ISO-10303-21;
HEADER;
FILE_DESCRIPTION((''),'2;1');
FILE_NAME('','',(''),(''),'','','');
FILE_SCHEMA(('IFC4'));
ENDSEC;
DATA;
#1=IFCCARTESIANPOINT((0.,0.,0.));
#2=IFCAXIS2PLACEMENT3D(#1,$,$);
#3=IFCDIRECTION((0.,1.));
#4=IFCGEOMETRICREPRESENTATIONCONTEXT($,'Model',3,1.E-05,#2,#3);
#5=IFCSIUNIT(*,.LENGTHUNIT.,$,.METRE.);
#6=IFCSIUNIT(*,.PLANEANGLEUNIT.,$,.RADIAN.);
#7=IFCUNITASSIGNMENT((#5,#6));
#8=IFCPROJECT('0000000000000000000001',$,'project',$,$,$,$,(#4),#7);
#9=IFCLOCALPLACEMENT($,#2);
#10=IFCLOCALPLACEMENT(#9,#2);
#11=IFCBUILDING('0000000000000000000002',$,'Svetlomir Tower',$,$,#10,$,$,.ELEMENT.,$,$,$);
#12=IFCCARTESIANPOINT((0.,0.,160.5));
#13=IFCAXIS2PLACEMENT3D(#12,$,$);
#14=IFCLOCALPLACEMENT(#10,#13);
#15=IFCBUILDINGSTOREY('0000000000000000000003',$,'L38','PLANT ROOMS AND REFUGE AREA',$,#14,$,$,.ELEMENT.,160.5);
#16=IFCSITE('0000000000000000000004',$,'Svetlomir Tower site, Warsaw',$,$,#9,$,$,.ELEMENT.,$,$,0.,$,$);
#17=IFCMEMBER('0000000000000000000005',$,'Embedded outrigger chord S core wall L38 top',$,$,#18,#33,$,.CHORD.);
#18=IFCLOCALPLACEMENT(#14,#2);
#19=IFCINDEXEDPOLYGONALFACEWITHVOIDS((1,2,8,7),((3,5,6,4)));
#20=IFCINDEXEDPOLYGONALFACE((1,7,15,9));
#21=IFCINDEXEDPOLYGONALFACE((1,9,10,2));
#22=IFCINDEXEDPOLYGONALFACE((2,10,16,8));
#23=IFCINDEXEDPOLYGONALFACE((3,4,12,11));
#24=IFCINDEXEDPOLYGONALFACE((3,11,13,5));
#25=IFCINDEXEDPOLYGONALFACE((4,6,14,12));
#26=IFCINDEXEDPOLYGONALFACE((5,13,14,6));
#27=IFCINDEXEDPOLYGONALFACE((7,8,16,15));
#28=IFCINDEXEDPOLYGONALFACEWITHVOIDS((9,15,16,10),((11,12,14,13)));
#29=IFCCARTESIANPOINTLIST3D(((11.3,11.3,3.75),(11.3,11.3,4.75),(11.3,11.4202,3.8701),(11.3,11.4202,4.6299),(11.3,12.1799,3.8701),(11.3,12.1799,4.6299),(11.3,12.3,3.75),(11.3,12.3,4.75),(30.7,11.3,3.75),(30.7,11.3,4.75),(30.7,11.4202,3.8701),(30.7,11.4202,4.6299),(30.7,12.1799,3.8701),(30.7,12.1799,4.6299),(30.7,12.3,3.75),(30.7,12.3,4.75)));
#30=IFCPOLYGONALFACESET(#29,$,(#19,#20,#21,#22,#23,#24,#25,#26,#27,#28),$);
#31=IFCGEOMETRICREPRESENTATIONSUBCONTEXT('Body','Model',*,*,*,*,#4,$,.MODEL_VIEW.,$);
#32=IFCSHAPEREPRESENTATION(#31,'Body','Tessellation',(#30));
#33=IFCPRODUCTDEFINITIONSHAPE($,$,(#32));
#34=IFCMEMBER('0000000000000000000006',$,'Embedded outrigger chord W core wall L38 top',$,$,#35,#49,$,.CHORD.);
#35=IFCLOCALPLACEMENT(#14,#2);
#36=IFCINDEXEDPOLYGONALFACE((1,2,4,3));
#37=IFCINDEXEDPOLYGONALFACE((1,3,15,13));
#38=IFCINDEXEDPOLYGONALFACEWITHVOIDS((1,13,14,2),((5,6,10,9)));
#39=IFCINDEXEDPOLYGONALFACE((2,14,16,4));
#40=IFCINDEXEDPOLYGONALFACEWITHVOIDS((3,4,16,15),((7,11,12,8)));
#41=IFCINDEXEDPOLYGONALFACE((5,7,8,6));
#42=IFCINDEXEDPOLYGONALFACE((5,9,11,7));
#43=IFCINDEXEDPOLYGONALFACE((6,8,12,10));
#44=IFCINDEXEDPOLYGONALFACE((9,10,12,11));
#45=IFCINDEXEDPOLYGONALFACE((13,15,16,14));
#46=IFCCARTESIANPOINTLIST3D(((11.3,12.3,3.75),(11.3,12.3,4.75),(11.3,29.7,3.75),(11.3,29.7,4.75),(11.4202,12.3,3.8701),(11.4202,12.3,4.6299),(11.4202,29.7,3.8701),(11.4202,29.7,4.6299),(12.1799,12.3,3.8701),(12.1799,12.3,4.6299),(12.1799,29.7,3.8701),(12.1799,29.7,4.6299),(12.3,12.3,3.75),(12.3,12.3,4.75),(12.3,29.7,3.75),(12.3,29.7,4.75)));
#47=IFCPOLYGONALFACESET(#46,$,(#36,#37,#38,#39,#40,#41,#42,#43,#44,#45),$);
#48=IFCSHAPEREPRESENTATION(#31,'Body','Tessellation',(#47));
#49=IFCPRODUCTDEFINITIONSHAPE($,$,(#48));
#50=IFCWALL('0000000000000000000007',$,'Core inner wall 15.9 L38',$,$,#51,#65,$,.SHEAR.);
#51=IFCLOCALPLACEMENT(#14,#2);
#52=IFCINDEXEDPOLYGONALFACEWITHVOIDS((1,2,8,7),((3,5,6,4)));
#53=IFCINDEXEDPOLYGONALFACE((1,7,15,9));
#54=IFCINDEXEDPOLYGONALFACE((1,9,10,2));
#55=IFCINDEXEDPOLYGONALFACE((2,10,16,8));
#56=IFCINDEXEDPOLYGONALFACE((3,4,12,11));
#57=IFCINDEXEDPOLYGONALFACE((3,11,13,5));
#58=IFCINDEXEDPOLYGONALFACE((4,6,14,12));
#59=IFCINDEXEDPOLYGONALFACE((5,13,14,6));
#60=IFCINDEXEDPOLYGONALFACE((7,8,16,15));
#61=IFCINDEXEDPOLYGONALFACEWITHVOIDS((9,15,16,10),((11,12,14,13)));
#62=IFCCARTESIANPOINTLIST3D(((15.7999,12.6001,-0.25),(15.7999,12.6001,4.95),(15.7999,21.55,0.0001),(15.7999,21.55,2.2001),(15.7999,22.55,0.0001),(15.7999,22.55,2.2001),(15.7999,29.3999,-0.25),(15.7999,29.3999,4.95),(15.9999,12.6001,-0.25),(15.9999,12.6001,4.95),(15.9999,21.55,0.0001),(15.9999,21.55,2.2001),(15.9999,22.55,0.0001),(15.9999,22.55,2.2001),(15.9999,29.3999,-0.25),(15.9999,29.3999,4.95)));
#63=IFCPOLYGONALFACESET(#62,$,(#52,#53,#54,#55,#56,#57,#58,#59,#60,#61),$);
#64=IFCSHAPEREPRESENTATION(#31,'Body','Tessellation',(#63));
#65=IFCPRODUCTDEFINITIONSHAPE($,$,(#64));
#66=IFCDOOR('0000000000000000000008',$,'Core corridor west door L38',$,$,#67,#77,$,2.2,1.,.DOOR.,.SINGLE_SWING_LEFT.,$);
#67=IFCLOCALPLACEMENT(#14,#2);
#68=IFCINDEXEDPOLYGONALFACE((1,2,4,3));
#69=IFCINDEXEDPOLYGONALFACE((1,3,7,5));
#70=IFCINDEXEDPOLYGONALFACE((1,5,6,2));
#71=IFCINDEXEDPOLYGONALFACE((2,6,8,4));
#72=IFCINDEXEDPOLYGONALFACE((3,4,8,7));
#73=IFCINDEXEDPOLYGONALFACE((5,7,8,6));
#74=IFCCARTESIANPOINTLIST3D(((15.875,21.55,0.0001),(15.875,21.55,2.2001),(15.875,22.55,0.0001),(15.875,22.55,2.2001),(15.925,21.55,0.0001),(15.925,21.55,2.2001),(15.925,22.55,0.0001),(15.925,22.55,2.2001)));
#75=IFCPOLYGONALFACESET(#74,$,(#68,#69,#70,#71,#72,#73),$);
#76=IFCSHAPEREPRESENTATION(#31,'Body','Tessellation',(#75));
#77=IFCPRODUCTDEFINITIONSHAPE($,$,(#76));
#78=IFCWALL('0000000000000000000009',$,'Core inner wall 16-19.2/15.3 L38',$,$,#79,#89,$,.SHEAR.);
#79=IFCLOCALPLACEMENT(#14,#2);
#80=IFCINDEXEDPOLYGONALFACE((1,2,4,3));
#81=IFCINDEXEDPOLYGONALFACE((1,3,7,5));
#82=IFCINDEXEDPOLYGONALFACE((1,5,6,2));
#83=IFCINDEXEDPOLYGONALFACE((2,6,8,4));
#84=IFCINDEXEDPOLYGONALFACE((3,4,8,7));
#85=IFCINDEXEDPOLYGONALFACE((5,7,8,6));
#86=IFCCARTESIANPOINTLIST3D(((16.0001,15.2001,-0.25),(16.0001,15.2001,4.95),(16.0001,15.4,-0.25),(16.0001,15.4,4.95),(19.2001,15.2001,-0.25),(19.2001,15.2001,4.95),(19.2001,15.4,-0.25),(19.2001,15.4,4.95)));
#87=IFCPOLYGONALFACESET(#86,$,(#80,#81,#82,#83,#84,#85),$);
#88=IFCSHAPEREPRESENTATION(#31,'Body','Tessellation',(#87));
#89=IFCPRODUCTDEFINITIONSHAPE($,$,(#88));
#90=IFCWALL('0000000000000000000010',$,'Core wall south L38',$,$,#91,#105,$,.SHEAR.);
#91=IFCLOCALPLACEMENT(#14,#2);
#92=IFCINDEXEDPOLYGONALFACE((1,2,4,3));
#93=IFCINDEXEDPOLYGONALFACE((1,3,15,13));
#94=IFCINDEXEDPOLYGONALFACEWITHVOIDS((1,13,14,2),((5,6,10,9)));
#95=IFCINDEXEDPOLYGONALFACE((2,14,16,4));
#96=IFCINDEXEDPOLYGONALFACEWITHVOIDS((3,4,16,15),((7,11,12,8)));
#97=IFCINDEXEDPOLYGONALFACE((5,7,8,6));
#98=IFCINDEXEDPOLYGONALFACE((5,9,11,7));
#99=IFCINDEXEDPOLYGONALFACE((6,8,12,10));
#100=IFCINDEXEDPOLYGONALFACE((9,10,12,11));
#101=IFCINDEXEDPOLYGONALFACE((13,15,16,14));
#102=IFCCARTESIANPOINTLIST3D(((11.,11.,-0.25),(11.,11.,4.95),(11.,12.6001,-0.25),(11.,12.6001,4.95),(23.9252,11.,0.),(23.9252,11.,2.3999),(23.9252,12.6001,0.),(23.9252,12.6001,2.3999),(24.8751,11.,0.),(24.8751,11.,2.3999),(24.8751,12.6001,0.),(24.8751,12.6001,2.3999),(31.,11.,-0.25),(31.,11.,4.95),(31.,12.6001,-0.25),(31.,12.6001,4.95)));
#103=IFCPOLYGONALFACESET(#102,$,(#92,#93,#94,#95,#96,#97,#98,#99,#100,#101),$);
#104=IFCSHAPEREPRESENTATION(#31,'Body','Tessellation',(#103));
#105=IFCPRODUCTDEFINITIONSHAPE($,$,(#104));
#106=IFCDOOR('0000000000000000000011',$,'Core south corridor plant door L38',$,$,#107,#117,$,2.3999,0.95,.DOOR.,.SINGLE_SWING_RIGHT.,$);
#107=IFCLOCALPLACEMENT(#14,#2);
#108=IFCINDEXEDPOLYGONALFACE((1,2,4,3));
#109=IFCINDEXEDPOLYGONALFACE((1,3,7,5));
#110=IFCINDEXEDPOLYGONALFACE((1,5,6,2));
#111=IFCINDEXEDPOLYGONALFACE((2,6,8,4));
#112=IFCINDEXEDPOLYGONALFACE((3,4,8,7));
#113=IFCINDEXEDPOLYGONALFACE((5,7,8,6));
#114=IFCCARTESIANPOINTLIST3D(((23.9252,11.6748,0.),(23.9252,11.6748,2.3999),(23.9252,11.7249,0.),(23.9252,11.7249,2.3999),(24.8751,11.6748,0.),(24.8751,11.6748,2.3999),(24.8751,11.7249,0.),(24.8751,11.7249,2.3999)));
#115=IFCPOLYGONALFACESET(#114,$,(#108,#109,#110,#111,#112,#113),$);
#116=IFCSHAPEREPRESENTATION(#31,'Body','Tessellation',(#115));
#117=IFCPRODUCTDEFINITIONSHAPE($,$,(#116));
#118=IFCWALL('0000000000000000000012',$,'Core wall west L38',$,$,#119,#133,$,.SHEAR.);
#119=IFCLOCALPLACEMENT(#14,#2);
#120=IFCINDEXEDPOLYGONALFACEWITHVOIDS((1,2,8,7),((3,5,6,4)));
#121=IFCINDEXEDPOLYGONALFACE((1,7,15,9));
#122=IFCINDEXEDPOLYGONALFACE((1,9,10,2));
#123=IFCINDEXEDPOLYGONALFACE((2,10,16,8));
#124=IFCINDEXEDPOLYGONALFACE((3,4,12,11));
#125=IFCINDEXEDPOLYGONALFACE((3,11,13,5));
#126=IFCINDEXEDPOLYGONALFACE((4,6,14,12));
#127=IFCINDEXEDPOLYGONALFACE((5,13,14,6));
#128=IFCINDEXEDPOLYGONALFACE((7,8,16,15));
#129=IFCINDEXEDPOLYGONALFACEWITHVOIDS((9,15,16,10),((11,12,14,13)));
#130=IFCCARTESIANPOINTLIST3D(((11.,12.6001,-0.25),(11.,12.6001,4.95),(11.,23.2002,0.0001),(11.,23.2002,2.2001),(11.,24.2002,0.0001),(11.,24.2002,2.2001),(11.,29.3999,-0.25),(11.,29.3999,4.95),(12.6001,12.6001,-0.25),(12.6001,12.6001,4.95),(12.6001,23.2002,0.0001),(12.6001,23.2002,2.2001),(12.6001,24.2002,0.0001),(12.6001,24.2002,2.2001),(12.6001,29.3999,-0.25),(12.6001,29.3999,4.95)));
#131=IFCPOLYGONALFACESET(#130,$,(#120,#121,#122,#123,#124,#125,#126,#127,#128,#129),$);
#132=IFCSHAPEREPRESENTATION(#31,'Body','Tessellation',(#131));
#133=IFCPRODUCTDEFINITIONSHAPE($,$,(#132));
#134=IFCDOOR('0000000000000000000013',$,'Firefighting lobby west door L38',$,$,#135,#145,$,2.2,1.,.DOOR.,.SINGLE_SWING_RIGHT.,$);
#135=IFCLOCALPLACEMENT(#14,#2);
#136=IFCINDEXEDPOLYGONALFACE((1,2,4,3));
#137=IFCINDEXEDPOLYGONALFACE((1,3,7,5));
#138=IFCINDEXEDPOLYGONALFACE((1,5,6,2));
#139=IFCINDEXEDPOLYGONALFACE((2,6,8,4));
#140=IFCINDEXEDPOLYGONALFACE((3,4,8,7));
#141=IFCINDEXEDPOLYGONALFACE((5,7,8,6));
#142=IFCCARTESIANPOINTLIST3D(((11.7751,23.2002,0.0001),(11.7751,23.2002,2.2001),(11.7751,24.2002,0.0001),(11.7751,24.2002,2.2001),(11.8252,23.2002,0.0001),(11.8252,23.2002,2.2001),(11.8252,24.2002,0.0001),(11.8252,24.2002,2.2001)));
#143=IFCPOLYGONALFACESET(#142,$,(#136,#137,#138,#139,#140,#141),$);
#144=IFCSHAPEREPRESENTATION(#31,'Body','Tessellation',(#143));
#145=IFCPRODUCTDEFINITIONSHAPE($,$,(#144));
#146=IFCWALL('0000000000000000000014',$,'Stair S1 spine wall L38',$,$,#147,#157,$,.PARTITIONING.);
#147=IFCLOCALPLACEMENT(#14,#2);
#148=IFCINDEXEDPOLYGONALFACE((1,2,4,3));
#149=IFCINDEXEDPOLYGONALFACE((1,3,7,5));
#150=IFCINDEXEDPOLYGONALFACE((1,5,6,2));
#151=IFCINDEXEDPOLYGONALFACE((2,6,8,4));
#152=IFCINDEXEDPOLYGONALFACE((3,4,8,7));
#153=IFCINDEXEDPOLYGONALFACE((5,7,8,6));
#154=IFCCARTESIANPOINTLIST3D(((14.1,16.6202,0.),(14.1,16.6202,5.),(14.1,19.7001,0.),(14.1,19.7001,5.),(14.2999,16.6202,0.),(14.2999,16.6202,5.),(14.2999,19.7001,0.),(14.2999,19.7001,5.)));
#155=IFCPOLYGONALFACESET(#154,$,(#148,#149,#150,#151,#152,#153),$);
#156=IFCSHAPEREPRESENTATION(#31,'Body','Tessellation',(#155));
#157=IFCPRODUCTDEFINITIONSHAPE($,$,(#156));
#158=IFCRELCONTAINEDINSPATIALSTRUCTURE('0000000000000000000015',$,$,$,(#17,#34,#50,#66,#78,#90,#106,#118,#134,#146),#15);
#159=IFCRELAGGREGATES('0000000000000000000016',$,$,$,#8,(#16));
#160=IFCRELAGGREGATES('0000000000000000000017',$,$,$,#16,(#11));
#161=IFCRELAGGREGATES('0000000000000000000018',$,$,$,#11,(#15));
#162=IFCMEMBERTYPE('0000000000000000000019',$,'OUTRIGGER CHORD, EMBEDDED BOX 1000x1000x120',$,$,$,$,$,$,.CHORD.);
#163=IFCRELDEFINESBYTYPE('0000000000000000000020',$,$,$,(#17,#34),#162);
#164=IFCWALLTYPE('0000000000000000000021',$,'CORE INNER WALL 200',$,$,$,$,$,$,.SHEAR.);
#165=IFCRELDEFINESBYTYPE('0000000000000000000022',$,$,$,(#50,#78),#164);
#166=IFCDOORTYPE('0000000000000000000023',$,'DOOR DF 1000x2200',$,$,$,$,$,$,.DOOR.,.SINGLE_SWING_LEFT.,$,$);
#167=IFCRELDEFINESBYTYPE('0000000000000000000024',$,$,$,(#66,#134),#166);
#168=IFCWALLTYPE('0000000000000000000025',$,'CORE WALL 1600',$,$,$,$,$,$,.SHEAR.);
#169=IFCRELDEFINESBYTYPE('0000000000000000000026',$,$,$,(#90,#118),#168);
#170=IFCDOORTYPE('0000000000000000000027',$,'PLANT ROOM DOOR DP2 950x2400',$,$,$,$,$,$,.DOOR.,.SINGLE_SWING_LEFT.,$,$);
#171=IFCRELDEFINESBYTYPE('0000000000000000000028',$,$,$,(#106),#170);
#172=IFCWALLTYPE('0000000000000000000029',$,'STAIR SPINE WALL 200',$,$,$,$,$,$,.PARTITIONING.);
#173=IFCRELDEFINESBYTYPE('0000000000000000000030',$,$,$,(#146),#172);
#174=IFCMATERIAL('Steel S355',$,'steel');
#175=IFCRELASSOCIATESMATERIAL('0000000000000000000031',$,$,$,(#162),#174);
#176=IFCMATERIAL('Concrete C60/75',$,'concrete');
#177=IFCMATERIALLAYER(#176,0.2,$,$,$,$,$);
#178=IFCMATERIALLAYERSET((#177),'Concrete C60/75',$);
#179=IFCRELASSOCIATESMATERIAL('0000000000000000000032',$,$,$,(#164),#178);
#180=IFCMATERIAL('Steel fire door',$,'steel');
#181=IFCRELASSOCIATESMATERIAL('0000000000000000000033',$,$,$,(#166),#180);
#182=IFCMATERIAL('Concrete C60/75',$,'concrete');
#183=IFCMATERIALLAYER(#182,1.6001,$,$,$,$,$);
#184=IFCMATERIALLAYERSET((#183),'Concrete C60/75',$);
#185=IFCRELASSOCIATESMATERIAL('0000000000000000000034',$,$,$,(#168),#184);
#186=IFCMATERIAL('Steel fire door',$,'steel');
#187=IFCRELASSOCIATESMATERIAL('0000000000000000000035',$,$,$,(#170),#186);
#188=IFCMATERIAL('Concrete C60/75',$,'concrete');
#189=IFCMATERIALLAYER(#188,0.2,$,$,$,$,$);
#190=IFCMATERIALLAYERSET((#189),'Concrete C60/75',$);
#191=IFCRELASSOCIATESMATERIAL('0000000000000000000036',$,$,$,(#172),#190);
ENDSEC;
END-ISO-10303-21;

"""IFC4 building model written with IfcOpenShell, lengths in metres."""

from ifc_helpers import new_model, si_unit, direction, frame, frame_2d, origin, origin_2d, place, context, subcontext, project, spatial, rectangle, hollow_rectangle, extrude, material, layer, layer_set, material_profile, profile_set, type_object, element, fill, save


model = new_model("IFC4")

# Units and contexts
model_context = context("Model", 3, precision=1e-05, world=origin(), true_north=direction((0.0, 1.0)))
body_context = subcontext(model_context, "Body", "Model", "MODEL_VIEW")
ifc_project = project(units=[si_unit("LENGTHUNIT", "METRE"), si_unit("PLANEANGLEUNIT", "RADIAN")], contexts=[model_context])

# Site, building, storey
site_placement = place(None, origin())
site = spatial("IfcSite", under=ifc_project, at=site_placement, Name="Svetlomir Tower site, Warsaw", CompositionType="ELEMENT", RefElevation=0.0)
building_placement = place(site_placement, origin())
building = spatial("IfcBuilding", under=site, at=building_placement, Name="Svetlomir Tower", CompositionType="ELEMENT")
storey_placement = place(building_placement, frame((0.0, 0.0, 160.5)))
storey = spatial("IfcBuildingStorey", under=building, at=storey_placement, Name="L38", Description="PLANT ROOMS AND REFUGE AREA", CompositionType="ELEMENT", Elevation=160.5)

# Members
ifc_material_1 = material(Name="Steel S355", Category="steel")
ifc_material_profile_1 = material_profile(ifc_material_1, hollow_rectangle(XDim=1.0, YDim=1.0, WallThickness=0.1201, at=origin_2d()), Name="BOX 1000x1000x120")
ifc_profile_set_1 = profile_set([ifc_material_profile_1], Name="Steel S355")
member_type_1 = type_object("IfcMemberType", Name="OUTRIGGER CHORD, EMBEDDED BOX 1000x1000x120", PredefinedType="CHORD", material=ifc_profile_set_1)
member_1_placement = place(storey_placement, frame((11.3, 11.8, 4.25), z_axis=(1.0, 0.0, 0.0), x_axis=(0.0, 1.0, 0.0)))
element("IfcMember", 1, at=member_1_placement, inside=storey, type_object=member_type_1, Name="Embedded outrigger chord S core wall L38 top", PredefinedType="CHORD", context=body_context, shape_type="SweptSolid", body=[
    extrude(hollow_rectangle(XDim=1.0, YDim=1.0, WallThickness=0.1201, at=origin_2d()), origin(), (0.0, 0.0, 1.0), 19.3999),
])
member_2_placement = place(storey_placement, frame((11.8, 12.3, 4.25), z_axis=(0.0, 1.0, 0.0), x_axis=(-1.0, 0.0, 0.0)))
element("IfcMember", 2, at=member_2_placement, inside=storey, type_object=member_type_1, Name="Embedded outrigger chord W core wall L38 top", PredefinedType="CHORD", context=body_context, shape_type="SweptSolid", body=[
    extrude(hollow_rectangle(XDim=1.0, YDim=1.0, WallThickness=0.1201, at=origin_2d()), origin(), (0.0, 0.0, 1.0), 17.3999),
])

# Wall, opening, door
ifc_material_2 = material(Name="Concrete C60/75", Category="concrete")
ifc_layer_1 = layer(ifc_material_2, 0.2)
ifc_layer_set_1 = layer_set([ifc_layer_1], Name="Concrete C60/75")
wall_type_1 = type_object("IfcWallType", Name="CORE INNER WALL 200", PredefinedType="SHEAR", material=ifc_layer_set_1)
wall_1_placement = place(storey_placement, frame((15.8999, 12.6001, -0.25), z_axis=(0.0, 0.0, 1.0), x_axis=(0.0, 1.0, 0.0)))
wall_1 = element("IfcWall", 3, at=wall_1_placement, inside=storey, type_object=wall_type_1, Name="Core inner wall 15.9 L38", PredefinedType="SHEAR", context=body_context, shape_type="SweptSolid", body=[
    extrude(rectangle(XDim=16.7998, YDim=0.2, at=frame_2d((8.3999, 0.0))), origin(), (0.0, 0.0, 1.0), 5.2),
])
opening_1_placement = place(wall_1_placement, frame((8.95, 0.0, 0.25)))
opening_1 = element("IfcOpeningElement", 4, at=opening_1_placement, cuts=wall_1, PredefinedType="OPENING", context=body_context, shape_type="SweptSolid", body=[
    extrude(rectangle(XDim=1.0, YDim=2.2, at=frame_2d((0.5, 1.1001))), frame((0.0, 0.1099, 0.0), z_axis=(0.0, -1.0, 0.0), x_axis=(1.0, 0.0, 0.0)), (0.0, 0.0, 1.0), 0.22),
])
ifc_material_3 = material(Name="Steel fire door", Category="steel")
door_type_1 = type_object("IfcDoorType", Name="DOOR DF 1000x2200", OperationType="SINGLE_SWING_LEFT", PredefinedType="DOOR", material=ifc_material_3)
door_1_placement = place(opening_1_placement, origin())
door_1 = element("IfcDoor", 5, at=door_1_placement, inside=storey, type_object=door_type_1, Name="Core corridor west door L38", OperationType="SINGLE_SWING_LEFT", OverallHeight=2.2, OverallWidth=1.0, PredefinedType="DOOR", context=body_context, shape_type="SweptSolid", body=[
    extrude(rectangle(XDim=1.0, YDim=2.2, at=frame_2d((0.5, 1.1001))), frame((0.0, 0.0249, 0.0), z_axis=(0.0, -1.0, 0.0), x_axis=(1.0, 0.0, 0.0)), (0.0, 0.0, 1.0), 0.05),
])
fill(opening_1, door_1)

# Wall
wall_2_placement = place(storey_placement, frame((16.0, 15.3, -0.25), z_axis=(0.0, 0.0, 1.0), x_axis=(1.0, 0.0, 0.0)))
element("IfcWall", 6, at=wall_2_placement, inside=storey, type_object=wall_type_1, Name="Core inner wall 16-19.2/15.3 L38", PredefinedType="SHEAR", context=body_context, shape_type="SweptSolid", body=[
    extrude(rectangle(XDim=3.2, YDim=0.2, at=frame_2d((1.6001, 0.0))), origin(), (0.0, 0.0, 1.0), 5.2),
])

# Walls, openings, doors
ifc_material_4 = material(Name="Concrete C60/75", Category="concrete")
ifc_layer_2 = layer(ifc_material_4, 1.6001)
ifc_layer_set_2 = layer_set([ifc_layer_2], Name="Concrete C60/75")
wall_type_2 = type_object("IfcWallType", Name="CORE WALL 1600", PredefinedType="SHEAR", material=ifc_layer_set_2)
wall_3_placement = place(storey_placement, frame((11.0, 11.8, -0.25), z_axis=(0.0, 0.0, 1.0), x_axis=(1.0, 0.0, 0.0)))
wall_3 = element("IfcWall", 7, at=wall_3_placement, inside=storey, type_object=wall_type_2, Name="Core wall south L38", PredefinedType="SHEAR", context=body_context, shape_type="SweptSolid", body=[
    extrude(rectangle(XDim=20.0, YDim=1.6001, at=frame_2d((10.0, 0.0))), origin(), (0.0, 0.0, 1.0), 5.2),
])
opening_2_placement = place(wall_3_placement, frame((12.925, 0.0, 0.25)))
opening_2 = element("IfcOpeningElement", 8, at=opening_2_placement, cuts=wall_3, PredefinedType="OPENING", context=body_context, shape_type="SweptSolid", body=[
    extrude(rectangle(XDim=0.95, YDim=2.3999, at=frame_2d((0.4751, 1.2))), frame((0.0, 0.8101, 0.0), z_axis=(0.0, -1.0, 0.0), x_axis=(1.0, 0.0, 0.0)), (0.0, 0.0, 1.0), 1.6201),
])
ifc_material_5 = material(Name="Steel fire door", Category="steel")
door_type_2 = type_object("IfcDoorType", Name="PLANT ROOM DOOR DP2 950x2400", OperationType="SINGLE_SWING_LEFT", PredefinedType="DOOR", material=ifc_material_5)
door_2_placement = place(opening_2_placement, origin())
door_2 = element("IfcDoor", 9, at=door_2_placement, inside=storey, type_object=door_type_2, Name="Core south corridor plant door L38", OperationType="SINGLE_SWING_RIGHT", OverallHeight=2.3999, OverallWidth=0.95, PredefinedType="DOOR", context=body_context, shape_type="SweptSolid", body=[
    extrude(rectangle(XDim=0.95, YDim=2.3999, at=frame_2d((0.4751, 1.2))), frame((0.0, -0.0752, 0.0), z_axis=(0.0, -1.0, 0.0), x_axis=(1.0, 0.0, 0.0)), (0.0, 0.0, 1.0), 0.05),
])
fill(opening_2, door_2)
wall_4_placement = place(storey_placement, frame((11.8, 12.6001, -0.25), z_axis=(0.0, 0.0, 1.0), x_axis=(0.0, 1.0, 0.0)))
wall_4 = element("IfcWall", 10, at=wall_4_placement, inside=storey, type_object=wall_type_2, Name="Core wall west L38", PredefinedType="SHEAR", context=body_context, shape_type="SweptSolid", body=[
    extrude(rectangle(XDim=16.7998, YDim=1.6001, at=frame_2d((8.3999, 0.0))), origin(), (0.0, 0.0, 1.0), 5.2),
])
opening_3_placement = place(wall_4_placement, frame((10.6001, 0.0, 0.25)))
opening_3 = element("IfcOpeningElement", 11, at=opening_3_placement, cuts=wall_4, PredefinedType="OPENING", context=body_context, shape_type="SweptSolid", body=[
    extrude(rectangle(XDim=1.0, YDim=2.2, at=frame_2d((0.5, 1.1001))), frame((0.0, 0.8101, 0.0), z_axis=(0.0, -1.0, 0.0), x_axis=(1.0, 0.0, 0.0)), (0.0, 0.0, 1.0), 1.6201),
])
door_3_placement = place(opening_3_placement, origin())
door_3 = element("IfcDoor", 12, at=door_3_placement, inside=storey, type_object=door_type_1, Name="Firefighting lobby west door L38", OperationType="SINGLE_SWING_RIGHT", OverallHeight=2.2, OverallWidth=1.0, PredefinedType="DOOR", context=body_context, shape_type="SweptSolid", body=[
    extrude(rectangle(XDim=1.0, YDim=2.2, at=frame_2d((0.5, 1.1001))), frame((0.0, 0.0249, 0.0), z_axis=(0.0, -1.0, 0.0), x_axis=(1.0, 0.0, 0.0)), (0.0, 0.0, 1.0), 0.05),
])
fill(opening_3, door_3)

# Wall
ifc_material_6 = material(Name="Concrete C60/75", Category="concrete")
ifc_layer_3 = layer(ifc_material_6, 0.2)
ifc_layer_set_3 = layer_set([ifc_layer_3], Name="Concrete C60/75")
wall_type_3 = type_object("IfcWallType", Name="STAIR SPINE WALL 200", PredefinedType="PARTITIONING", material=ifc_layer_set_3)
wall_5_placement = place(storey_placement, frame((14.2, 16.6201, 0.0), z_axis=(0.0, 0.0, 1.0), x_axis=(0.0, 1.0, 0.0)))
element("IfcWall", 13, at=wall_5_placement, inside=storey, type_object=wall_type_3, Name="Stair S1 spine wall L38", PredefinedType="PARTITIONING", context=body_context, shape_type="SweptSolid", body=[
    extrude(rectangle(XDim=3.0798, YDim=0.2, at=frame_2d((1.54, 0.0))), origin(), (0.0, 0.0, 1.0), 5.0),
])

save(model, "model.ifc")
